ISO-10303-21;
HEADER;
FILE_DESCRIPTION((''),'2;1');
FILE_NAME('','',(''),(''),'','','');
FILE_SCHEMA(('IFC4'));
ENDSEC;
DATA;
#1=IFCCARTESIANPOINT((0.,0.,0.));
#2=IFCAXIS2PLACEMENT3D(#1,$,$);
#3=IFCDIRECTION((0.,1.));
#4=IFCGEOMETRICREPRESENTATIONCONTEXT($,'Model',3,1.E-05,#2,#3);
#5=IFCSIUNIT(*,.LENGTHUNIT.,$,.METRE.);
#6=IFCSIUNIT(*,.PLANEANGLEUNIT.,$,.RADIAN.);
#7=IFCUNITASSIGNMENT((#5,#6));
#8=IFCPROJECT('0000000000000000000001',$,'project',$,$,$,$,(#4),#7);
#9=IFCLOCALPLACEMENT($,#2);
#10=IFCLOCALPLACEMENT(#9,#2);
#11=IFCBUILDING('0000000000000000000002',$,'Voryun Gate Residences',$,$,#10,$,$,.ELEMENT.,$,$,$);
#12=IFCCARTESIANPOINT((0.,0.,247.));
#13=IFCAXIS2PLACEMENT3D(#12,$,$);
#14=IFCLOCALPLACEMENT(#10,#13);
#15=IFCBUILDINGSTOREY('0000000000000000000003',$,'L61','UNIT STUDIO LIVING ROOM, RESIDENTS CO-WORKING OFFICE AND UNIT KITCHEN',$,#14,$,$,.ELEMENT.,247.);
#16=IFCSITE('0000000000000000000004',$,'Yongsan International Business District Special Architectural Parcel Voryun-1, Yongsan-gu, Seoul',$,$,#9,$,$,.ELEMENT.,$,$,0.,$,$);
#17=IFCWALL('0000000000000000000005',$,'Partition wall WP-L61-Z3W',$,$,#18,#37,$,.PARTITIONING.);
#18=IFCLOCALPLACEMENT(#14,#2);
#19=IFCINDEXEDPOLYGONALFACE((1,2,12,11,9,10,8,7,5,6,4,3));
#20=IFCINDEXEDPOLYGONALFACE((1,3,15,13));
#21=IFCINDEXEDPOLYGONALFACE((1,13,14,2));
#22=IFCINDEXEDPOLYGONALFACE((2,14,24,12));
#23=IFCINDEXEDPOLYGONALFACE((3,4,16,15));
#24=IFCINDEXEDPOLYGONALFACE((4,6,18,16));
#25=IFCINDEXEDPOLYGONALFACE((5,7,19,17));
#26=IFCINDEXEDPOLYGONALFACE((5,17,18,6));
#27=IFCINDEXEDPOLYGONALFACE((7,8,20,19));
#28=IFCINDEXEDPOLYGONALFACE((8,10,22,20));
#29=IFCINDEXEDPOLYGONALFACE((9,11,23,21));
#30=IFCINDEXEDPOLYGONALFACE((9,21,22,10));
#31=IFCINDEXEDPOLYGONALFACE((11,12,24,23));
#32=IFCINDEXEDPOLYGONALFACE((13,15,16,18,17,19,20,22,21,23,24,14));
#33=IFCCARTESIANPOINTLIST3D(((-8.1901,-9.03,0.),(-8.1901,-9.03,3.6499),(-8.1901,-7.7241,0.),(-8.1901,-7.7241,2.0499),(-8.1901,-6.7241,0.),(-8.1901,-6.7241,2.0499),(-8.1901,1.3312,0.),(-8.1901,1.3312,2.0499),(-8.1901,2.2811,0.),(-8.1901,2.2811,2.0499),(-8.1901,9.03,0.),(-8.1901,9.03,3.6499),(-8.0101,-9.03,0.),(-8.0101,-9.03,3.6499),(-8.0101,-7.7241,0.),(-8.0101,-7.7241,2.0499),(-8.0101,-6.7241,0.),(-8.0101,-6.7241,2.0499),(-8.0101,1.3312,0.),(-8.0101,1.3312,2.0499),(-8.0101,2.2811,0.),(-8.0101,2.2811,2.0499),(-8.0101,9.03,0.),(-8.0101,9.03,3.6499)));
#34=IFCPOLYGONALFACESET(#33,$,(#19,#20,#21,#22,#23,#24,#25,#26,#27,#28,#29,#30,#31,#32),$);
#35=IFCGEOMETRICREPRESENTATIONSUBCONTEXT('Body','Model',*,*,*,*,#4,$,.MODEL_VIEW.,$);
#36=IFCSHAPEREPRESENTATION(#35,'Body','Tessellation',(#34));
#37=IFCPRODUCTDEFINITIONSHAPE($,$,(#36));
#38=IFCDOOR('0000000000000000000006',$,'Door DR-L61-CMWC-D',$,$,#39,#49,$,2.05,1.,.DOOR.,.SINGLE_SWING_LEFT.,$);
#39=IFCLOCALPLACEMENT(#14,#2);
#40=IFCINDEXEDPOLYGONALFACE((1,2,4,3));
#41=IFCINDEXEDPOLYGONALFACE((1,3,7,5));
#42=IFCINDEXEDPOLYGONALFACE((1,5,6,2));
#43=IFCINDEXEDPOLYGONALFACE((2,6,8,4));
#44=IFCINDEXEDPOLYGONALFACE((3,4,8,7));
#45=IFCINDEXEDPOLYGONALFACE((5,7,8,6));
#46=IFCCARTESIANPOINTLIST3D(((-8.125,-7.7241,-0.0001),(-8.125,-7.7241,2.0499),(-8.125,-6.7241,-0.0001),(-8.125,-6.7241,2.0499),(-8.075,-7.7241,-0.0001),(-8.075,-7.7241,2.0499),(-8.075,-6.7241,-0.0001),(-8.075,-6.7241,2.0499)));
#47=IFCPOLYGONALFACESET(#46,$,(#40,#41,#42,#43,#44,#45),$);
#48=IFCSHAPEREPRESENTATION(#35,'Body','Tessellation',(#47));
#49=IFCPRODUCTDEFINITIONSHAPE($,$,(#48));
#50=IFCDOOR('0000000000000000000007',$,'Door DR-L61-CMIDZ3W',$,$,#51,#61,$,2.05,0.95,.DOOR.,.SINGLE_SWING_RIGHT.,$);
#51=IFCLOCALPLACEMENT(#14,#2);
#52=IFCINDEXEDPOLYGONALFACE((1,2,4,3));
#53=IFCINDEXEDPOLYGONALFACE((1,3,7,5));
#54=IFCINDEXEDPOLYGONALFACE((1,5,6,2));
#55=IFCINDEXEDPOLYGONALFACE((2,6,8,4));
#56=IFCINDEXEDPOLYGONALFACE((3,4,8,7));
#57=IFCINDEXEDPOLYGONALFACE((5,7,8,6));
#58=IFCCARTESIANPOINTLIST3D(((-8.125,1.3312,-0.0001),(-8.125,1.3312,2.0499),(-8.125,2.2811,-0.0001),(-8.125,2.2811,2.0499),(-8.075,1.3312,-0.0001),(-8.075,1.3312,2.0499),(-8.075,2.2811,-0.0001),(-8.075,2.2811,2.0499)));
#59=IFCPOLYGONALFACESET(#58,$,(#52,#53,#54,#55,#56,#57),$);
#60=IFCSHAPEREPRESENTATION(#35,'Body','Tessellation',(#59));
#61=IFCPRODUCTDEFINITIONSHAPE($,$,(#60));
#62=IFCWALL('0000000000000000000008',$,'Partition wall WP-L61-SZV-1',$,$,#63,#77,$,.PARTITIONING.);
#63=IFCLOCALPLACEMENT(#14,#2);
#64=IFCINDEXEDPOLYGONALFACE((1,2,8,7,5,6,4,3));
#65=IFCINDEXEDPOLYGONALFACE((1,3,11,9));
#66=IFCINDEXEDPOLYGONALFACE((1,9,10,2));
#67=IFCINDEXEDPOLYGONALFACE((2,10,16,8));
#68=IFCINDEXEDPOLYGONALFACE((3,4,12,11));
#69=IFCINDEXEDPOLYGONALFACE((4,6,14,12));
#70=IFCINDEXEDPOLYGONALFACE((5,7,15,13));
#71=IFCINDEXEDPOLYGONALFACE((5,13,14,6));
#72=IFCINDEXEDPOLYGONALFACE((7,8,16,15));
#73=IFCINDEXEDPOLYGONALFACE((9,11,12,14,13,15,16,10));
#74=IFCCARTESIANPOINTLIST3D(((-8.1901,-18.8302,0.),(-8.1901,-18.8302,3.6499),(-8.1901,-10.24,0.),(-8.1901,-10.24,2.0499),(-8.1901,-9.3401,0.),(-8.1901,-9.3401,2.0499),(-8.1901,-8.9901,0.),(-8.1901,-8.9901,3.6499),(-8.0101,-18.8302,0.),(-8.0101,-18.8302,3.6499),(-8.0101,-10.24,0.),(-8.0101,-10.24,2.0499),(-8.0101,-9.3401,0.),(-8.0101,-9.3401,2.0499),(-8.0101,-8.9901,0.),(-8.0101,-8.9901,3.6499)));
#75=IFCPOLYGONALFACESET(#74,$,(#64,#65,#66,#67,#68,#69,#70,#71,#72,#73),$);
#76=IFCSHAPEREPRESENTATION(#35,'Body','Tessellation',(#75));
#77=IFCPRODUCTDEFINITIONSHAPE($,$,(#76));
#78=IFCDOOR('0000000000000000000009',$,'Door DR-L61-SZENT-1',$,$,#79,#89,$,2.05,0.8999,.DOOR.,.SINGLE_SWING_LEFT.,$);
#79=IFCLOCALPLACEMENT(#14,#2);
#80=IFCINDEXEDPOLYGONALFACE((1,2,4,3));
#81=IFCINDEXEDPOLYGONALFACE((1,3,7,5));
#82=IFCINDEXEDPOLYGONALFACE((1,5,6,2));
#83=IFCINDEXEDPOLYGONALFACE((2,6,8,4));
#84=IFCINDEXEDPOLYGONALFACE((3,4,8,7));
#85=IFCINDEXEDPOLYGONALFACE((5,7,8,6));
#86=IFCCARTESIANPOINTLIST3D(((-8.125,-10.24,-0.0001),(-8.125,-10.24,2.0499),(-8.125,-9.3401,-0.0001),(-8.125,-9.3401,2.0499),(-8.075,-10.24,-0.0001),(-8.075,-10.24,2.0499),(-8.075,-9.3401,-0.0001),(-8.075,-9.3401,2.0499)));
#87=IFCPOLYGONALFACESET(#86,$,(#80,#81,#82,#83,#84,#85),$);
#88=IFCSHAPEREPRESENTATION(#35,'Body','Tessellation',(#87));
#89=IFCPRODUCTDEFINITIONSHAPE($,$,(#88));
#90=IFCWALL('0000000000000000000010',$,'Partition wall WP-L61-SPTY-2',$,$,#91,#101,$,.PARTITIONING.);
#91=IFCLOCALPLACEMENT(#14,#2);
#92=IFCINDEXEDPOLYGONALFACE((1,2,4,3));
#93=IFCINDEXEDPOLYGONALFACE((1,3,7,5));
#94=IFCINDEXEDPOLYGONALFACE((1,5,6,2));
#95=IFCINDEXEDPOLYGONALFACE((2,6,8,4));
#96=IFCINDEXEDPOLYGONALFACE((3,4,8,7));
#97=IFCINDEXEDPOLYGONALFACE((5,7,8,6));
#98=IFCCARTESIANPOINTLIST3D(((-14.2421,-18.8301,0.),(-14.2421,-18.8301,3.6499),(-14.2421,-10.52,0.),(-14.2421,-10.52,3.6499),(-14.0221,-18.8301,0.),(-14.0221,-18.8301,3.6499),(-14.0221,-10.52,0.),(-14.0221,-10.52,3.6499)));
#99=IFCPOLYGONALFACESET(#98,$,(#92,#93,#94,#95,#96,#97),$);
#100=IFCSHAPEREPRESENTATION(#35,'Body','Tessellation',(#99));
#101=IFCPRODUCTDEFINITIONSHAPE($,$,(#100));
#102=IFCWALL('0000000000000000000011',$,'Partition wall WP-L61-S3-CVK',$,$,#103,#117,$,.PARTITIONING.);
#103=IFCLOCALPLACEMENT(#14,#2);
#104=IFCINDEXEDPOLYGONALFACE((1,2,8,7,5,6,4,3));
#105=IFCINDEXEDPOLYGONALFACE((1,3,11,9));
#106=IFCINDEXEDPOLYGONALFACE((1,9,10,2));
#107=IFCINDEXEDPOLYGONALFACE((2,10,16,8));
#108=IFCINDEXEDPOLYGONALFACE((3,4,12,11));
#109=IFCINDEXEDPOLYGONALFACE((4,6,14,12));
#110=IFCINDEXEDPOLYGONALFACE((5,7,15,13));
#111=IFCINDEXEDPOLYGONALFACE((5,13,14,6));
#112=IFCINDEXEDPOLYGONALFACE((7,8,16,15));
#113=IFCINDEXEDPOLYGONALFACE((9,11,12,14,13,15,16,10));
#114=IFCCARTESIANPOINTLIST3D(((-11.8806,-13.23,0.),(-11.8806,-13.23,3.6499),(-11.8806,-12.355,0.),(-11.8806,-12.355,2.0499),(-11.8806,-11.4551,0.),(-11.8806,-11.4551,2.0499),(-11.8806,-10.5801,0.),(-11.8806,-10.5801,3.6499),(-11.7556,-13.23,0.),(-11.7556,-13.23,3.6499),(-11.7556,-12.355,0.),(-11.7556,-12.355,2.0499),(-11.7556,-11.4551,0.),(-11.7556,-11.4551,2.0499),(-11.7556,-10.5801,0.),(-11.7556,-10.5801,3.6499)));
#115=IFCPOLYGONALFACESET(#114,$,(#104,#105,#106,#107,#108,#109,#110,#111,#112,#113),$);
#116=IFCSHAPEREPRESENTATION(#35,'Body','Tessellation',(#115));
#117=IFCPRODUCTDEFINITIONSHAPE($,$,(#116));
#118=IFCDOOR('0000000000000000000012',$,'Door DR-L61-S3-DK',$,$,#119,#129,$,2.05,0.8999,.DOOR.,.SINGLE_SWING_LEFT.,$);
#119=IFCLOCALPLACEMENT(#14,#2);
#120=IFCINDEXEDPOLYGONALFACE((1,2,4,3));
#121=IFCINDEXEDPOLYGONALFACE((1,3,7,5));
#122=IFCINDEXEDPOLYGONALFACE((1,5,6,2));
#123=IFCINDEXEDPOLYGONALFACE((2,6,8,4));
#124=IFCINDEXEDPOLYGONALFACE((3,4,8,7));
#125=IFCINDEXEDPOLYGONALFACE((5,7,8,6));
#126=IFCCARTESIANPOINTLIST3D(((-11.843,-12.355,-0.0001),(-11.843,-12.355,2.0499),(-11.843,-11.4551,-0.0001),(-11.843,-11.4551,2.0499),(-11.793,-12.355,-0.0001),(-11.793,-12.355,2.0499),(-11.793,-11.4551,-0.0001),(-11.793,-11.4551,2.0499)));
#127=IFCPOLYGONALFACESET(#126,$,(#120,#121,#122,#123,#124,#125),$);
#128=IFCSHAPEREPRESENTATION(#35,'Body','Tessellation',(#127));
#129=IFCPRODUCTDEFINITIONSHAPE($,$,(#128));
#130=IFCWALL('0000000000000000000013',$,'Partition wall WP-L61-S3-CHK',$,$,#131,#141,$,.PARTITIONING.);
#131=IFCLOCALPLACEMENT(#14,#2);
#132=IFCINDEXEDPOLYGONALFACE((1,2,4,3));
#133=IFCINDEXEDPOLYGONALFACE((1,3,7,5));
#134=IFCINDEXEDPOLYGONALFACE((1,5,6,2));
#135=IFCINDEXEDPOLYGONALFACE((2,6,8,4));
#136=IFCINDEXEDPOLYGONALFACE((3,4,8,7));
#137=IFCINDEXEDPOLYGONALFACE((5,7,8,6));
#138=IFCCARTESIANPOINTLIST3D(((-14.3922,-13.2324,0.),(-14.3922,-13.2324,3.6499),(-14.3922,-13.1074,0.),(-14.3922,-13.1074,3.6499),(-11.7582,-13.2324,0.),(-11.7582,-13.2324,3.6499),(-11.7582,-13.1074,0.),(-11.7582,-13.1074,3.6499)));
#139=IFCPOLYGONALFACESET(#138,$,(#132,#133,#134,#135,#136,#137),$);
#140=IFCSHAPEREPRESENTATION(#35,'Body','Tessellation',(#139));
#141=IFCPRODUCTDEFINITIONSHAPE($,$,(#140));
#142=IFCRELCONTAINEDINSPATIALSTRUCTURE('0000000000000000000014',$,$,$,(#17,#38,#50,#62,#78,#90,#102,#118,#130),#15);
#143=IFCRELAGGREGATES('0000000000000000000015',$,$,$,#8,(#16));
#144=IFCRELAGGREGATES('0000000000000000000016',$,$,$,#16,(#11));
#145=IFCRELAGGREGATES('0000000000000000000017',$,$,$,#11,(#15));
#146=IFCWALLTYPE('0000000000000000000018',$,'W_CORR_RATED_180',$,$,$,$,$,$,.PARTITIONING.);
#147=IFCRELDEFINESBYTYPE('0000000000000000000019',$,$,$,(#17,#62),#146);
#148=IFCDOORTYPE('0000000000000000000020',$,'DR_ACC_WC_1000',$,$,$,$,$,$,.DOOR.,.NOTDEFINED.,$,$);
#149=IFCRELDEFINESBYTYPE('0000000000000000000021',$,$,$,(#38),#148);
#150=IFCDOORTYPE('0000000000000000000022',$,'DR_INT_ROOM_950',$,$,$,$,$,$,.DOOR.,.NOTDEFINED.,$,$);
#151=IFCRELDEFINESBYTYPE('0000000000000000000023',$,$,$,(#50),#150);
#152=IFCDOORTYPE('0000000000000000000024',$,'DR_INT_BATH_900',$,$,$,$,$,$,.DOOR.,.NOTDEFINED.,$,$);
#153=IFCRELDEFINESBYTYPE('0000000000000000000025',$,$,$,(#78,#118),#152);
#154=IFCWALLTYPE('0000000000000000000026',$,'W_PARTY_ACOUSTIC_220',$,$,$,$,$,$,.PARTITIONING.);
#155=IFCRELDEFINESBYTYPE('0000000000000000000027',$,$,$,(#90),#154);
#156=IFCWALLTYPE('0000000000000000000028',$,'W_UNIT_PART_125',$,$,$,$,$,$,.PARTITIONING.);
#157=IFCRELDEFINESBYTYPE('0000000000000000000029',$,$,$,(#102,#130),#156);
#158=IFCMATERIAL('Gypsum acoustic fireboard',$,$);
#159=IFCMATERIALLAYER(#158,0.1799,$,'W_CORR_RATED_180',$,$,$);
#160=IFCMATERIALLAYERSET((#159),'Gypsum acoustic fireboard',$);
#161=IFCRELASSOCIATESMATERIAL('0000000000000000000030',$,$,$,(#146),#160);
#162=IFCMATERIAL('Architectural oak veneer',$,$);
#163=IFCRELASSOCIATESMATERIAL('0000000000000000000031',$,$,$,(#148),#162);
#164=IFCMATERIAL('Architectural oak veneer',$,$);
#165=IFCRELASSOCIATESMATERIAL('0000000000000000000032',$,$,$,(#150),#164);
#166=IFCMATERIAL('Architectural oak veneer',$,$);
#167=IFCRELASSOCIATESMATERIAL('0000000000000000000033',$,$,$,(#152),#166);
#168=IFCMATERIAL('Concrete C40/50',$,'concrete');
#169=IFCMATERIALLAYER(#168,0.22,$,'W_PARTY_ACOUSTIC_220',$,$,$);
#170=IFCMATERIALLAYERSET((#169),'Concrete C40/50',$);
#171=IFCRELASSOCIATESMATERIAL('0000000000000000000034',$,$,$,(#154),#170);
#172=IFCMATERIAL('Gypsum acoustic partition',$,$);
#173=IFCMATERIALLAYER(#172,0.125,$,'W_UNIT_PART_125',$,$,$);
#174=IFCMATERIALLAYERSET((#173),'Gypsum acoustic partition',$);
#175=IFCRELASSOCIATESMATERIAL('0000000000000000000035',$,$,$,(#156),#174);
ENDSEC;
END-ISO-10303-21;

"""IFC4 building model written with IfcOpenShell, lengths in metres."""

from ifc_helpers import new_model, si_unit, direction, frame, frame_2d, origin, place, context, subcontext, project, spatial, rectangle, extrude, material, layer, layer_set, type_object, element, fill, save


model = new_model("IFC4")

# Units and contexts
model_context = context("Model", 3, precision=1e-05, world=origin(), true_north=direction((0.0, 1.0)))
body_context = subcontext(model_context, "Body", "Model", "MODEL_VIEW")
ifc_project = project(units=[si_unit("LENGTHUNIT", "METRE"), si_unit("PLANEANGLEUNIT", "RADIAN")], contexts=[model_context])

# Site, building, storey
site_placement = place(None, origin())
site = spatial("IfcSite", under=ifc_project, at=site_placement, Name="Yongsan International Business District Special Architectural Parcel Voryun-1, Yongsan-gu, Seoul", CompositionType="ELEMENT", RefElevation=0.0)
building_placement = place(site_placement, origin())
building = spatial("IfcBuilding", under=site, at=building_placement, Name="Voryun Gate Residences", CompositionType="ELEMENT")
storey_placement = place(building_placement, frame((0.0, 0.0, 247.0)))
storey = spatial("IfcBuildingStorey", under=building, at=storey_placement, Name="L61", Description="UNIT STUDIO LIVING ROOM, RESIDENTS CO-WORKING OFFICE AND UNIT KITCHEN", CompositionType="ELEMENT", Elevation=247.0)

# Shared definitions
ifc_material_1 = material(Name="Gypsum acoustic fireboard")
ifc_layer_1 = layer(ifc_material_1, 0.1799, Name="W_CORR_RATED_180")
ifc_layer_set_1 = layer_set([ifc_layer_1], Name="Gypsum acoustic fireboard")
wall_type_1 = type_object("IfcWallType", Name="W_CORR_RATED_180", PredefinedType="PARTITIONING", material=ifc_layer_set_1)

# Wall, openings, doors
wall_1_placement = place(storey_placement, frame((-8.1001, -9.03, 0.0), z_axis=(0.0, 0.0, 1.0), x_axis=(0.0, 1.0, 0.0)))
wall_1 = element("IfcWall", 1, at=wall_1_placement, inside=storey, type_object=wall_type_1, Name="Partition wall WP-L61-Z3W", PredefinedType="PARTITIONING", context=body_context, shape_type="SweptSolid", body=[
    extrude(rectangle(XDim=18.0601, YDim=0.1799, at=frame_2d((9.03, 0.0))), origin(), (0.0, 0.0, 1.0), 3.6499),
])
opening_1_placement = place(wall_1_placement, frame((1.3059, 0.0, 0.0)))
opening_1 = element("IfcOpeningElement", 2, at=opening_1_placement, cuts=wall_1, PredefinedType="OPENING", context=body_context, shape_type="SweptSolid", body=[
    extrude(rectangle(XDim=1.0, YDim=2.05, at=frame_2d((0.5, 1.0249))), frame((0.0, 0.0999, 0.0), z_axis=(0.0, -1.0, 0.0), x_axis=(1.0, 0.0, 0.0)), (0.0, 0.0, 1.0), 0.2),
])
opening_2_placement = place(wall_1_placement, frame((10.3611, 0.0, 0.0)))
opening_2 = element("IfcOpeningElement", 3, at=opening_2_placement, cuts=wall_1, PredefinedType="OPENING", context=body_context, shape_type="SweptSolid", body=[
    extrude(rectangle(XDim=0.95, YDim=2.05, at=frame_2d((0.4751, 1.0249))), frame((0.0, 0.0999, 0.0), z_axis=(0.0, -1.0, 0.0), x_axis=(1.0, 0.0, 0.0)), (0.0, 0.0, 1.0), 0.2),
])
ifc_material_2 = material(Name="Architectural oak veneer")
door_type_1 = type_object("IfcDoorType", Name="DR_ACC_WC_1000", OperationType="NOTDEFINED", PredefinedType="DOOR", material=ifc_material_2)
door_1_placement = place(opening_1_placement, origin())
door_1 = element("IfcDoor", 4, at=door_1_placement, inside=storey, type_object=door_type_1, Name="Door DR-L61-CMWC-D", OperationType="SINGLE_SWING_LEFT", OverallHeight=2.05, OverallWidth=1.0, PredefinedType="DOOR", context=body_context, shape_type="SweptSolid", body=[
    extrude(rectangle(XDim=1.0, YDim=2.05, at=frame_2d((0.5, 1.0249))), frame((0.0, 0.0249, 0.0), z_axis=(0.0, -1.0, 0.0), x_axis=(1.0, 0.0, 0.0)), (0.0, 0.0, 1.0), 0.05),
])
fill(opening_1, door_1)
ifc_material_3 = material(Name="Architectural oak veneer")
door_type_2 = type_object("IfcDoorType", Name="DR_INT_ROOM_950", OperationType="NOTDEFINED", PredefinedType="DOOR", material=ifc_material_3)
door_2_placement = place(opening_2_placement, origin())
door_2 = element("IfcDoor", 5, at=door_2_placement, inside=storey, type_object=door_type_2, Name="Door DR-L61-CMIDZ3W", OperationType="SINGLE_SWING_RIGHT", OverallHeight=2.05, OverallWidth=0.95, PredefinedType="DOOR", context=body_context, shape_type="SweptSolid", body=[
    extrude(rectangle(XDim=0.95, YDim=2.05, at=frame_2d((0.4751, 1.0249))), frame((0.0, 0.0249, 0.0), z_axis=(0.0, -1.0, 0.0), x_axis=(1.0, 0.0, 0.0)), (0.0, 0.0, 1.0), 0.05),
])
fill(opening_2, door_2)

# Wall, opening, door
wall_2_placement = place(storey_placement, frame((-8.1001, -18.8301, 0.0), z_axis=(0.0, 0.0, 1.0), x_axis=(0.0, 1.0, 0.0)))
wall_2 = element("IfcWall", 6, at=wall_2_placement, inside=storey, type_object=wall_type_1, Name="Partition wall WP-L61-SZV-1", PredefinedType="PARTITIONING", context=body_context, shape_type="SweptSolid", body=[
    extrude(rectangle(XDim=9.8401, YDim=0.1799, at=frame_2d((4.9199, 0.0))), origin(), (0.0, 0.0, 1.0), 3.6499),
])
opening_3_placement = place(wall_2_placement, frame((8.5901, 0.0, 0.0)))
opening_3 = element("IfcOpeningElement", 7, at=opening_3_placement, cuts=wall_2, PredefinedType="OPENING", context=body_context, shape_type="SweptSolid", body=[
    extrude(rectangle(XDim=0.8999, YDim=2.05, at=frame_2d((0.45, 1.0249))), frame((0.0, 0.0999, 0.0), z_axis=(0.0, -1.0, 0.0), x_axis=(1.0, 0.0, 0.0)), (0.0, 0.0, 1.0), 0.2),
])
ifc_material_4 = material(Name="Architectural oak veneer")
door_type_3 = type_object("IfcDoorType", Name="DR_INT_BATH_900", OperationType="NOTDEFINED", PredefinedType="DOOR", material=ifc_material_4)
door_3_placement = place(opening_3_placement, origin())
door_3 = element("IfcDoor", 8, at=door_3_placement, inside=storey, type_object=door_type_3, Name="Door DR-L61-SZENT-1", OperationType="SINGLE_SWING_LEFT", OverallHeight=2.05, OverallWidth=0.8999, PredefinedType="DOOR", context=body_context, shape_type="SweptSolid", body=[
    extrude(rectangle(XDim=0.8999, YDim=2.05, at=frame_2d((0.45, 1.0249))), frame((0.0, 0.0249, 0.0), z_axis=(0.0, -1.0, 0.0), x_axis=(1.0, 0.0, 0.0)), (0.0, 0.0, 1.0), 0.05),
])
fill(opening_3, door_3)

# Wall
ifc_material_5 = material(Name="Concrete C40/50", Category="concrete")
ifc_layer_2 = layer(ifc_material_5, 0.22, Name="W_PARTY_ACOUSTIC_220")
ifc_layer_set_2 = layer_set([ifc_layer_2], Name="Concrete C40/50")
wall_type_2 = type_object("IfcWallType", Name="W_PARTY_ACOUSTIC_220", PredefinedType="PARTITIONING", material=ifc_layer_set_2)
wall_3_placement = place(storey_placement, frame((-14.1321, -18.8301, 0.0), z_axis=(0.0, 0.0, 1.0), x_axis=(0.0, 1.0, 0.0)))
element("IfcWall", 9, at=wall_3_placement, inside=storey, type_object=wall_type_2, Name="Partition wall WP-L61-SPTY-2", PredefinedType="PARTITIONING", context=body_context, shape_type="SweptSolid", body=[
    extrude(rectangle(XDim=8.3101, YDim=0.22, at=frame_2d((4.155, 0.0))), origin(), (0.0, 0.0, 1.0), 3.6499),
])

# Wall, opening, door
ifc_material_6 = material(Name="Gypsum acoustic partition")
ifc_layer_3 = layer(ifc_material_6, 0.125, Name="W_UNIT_PART_125")
ifc_layer_set_3 = layer_set([ifc_layer_3], Name="Gypsum acoustic partition")
wall_type_3 = type_object("IfcWallType", Name="W_UNIT_PART_125", PredefinedType="PARTITIONING", material=ifc_layer_set_3)
wall_4_placement = place(storey_placement, frame((-11.8181, -13.23, 0.0), z_axis=(0.0, 0.0, 1.0), x_axis=(0.0, 1.0, 0.0)))
wall_4 = element("IfcWall", 10, at=wall_4_placement, inside=storey, type_object=wall_type_3, Name="Partition wall WP-L61-S3-CVK", PredefinedType="PARTITIONING", context=body_context, shape_type="SweptSolid", body=[
    extrude(rectangle(XDim=2.6499, YDim=0.125, at=frame_2d((1.325, 0.0))), origin(), (0.0, 0.0, 1.0), 3.6499),
])
opening_4_placement = place(wall_4_placement, frame((0.875, 0.0, 0.0)))
opening_4 = element("IfcOpeningElement", 11, at=opening_4_placement, cuts=wall_4, PredefinedType="OPENING", context=body_context, shape_type="SweptSolid", body=[
    extrude(rectangle(XDim=0.8999, YDim=2.05, at=frame_2d((0.45, 1.0249))), frame((0.0, 0.0725, 0.0), z_axis=(0.0, -1.0, 0.0), x_axis=(1.0, 0.0, 0.0)), (0.0, 0.0, 1.0), 0.145),
])
door_4_placement = place(opening_4_placement, origin())
door_4 = element("IfcDoor", 12, at=door_4_placement, inside=storey, type_object=door_type_3, Name="Door DR-L61-S3-DK", OperationType="SINGLE_SWING_LEFT", OverallHeight=2.05, OverallWidth=0.8999, PredefinedType="DOOR", context=body_context, shape_type="SweptSolid", body=[
    extrude(rectangle(XDim=0.8999, YDim=2.05, at=frame_2d((0.45, 1.0249))), frame((0.0, 0.0249, 0.0), z_axis=(0.0, -1.0, 0.0), x_axis=(1.0, 0.0, 0.0)), (0.0, 0.0, 1.0), 0.05),
])
fill(opening_4, door_4)

# Wall
wall_5_placement = place(storey_placement, frame((-14.3921, -13.1699, 0.0), z_axis=(0.0, 0.0, 1.0), x_axis=(1.0, 0.0, 0.0)))
element("IfcWall", 13, at=wall_5_placement, inside=storey, type_object=wall_type_3, Name="Partition wall WP-L61-S3-CHK", PredefinedType="PARTITIONING", context=body_context, shape_type="SweptSolid", body=[
    extrude(rectangle(XDim=2.634, YDim=0.125, at=frame_2d((1.3169, 0.0))), origin(), (0.0, 0.0, 1.0), 3.6499),
])

save(model, "model.ifc")
